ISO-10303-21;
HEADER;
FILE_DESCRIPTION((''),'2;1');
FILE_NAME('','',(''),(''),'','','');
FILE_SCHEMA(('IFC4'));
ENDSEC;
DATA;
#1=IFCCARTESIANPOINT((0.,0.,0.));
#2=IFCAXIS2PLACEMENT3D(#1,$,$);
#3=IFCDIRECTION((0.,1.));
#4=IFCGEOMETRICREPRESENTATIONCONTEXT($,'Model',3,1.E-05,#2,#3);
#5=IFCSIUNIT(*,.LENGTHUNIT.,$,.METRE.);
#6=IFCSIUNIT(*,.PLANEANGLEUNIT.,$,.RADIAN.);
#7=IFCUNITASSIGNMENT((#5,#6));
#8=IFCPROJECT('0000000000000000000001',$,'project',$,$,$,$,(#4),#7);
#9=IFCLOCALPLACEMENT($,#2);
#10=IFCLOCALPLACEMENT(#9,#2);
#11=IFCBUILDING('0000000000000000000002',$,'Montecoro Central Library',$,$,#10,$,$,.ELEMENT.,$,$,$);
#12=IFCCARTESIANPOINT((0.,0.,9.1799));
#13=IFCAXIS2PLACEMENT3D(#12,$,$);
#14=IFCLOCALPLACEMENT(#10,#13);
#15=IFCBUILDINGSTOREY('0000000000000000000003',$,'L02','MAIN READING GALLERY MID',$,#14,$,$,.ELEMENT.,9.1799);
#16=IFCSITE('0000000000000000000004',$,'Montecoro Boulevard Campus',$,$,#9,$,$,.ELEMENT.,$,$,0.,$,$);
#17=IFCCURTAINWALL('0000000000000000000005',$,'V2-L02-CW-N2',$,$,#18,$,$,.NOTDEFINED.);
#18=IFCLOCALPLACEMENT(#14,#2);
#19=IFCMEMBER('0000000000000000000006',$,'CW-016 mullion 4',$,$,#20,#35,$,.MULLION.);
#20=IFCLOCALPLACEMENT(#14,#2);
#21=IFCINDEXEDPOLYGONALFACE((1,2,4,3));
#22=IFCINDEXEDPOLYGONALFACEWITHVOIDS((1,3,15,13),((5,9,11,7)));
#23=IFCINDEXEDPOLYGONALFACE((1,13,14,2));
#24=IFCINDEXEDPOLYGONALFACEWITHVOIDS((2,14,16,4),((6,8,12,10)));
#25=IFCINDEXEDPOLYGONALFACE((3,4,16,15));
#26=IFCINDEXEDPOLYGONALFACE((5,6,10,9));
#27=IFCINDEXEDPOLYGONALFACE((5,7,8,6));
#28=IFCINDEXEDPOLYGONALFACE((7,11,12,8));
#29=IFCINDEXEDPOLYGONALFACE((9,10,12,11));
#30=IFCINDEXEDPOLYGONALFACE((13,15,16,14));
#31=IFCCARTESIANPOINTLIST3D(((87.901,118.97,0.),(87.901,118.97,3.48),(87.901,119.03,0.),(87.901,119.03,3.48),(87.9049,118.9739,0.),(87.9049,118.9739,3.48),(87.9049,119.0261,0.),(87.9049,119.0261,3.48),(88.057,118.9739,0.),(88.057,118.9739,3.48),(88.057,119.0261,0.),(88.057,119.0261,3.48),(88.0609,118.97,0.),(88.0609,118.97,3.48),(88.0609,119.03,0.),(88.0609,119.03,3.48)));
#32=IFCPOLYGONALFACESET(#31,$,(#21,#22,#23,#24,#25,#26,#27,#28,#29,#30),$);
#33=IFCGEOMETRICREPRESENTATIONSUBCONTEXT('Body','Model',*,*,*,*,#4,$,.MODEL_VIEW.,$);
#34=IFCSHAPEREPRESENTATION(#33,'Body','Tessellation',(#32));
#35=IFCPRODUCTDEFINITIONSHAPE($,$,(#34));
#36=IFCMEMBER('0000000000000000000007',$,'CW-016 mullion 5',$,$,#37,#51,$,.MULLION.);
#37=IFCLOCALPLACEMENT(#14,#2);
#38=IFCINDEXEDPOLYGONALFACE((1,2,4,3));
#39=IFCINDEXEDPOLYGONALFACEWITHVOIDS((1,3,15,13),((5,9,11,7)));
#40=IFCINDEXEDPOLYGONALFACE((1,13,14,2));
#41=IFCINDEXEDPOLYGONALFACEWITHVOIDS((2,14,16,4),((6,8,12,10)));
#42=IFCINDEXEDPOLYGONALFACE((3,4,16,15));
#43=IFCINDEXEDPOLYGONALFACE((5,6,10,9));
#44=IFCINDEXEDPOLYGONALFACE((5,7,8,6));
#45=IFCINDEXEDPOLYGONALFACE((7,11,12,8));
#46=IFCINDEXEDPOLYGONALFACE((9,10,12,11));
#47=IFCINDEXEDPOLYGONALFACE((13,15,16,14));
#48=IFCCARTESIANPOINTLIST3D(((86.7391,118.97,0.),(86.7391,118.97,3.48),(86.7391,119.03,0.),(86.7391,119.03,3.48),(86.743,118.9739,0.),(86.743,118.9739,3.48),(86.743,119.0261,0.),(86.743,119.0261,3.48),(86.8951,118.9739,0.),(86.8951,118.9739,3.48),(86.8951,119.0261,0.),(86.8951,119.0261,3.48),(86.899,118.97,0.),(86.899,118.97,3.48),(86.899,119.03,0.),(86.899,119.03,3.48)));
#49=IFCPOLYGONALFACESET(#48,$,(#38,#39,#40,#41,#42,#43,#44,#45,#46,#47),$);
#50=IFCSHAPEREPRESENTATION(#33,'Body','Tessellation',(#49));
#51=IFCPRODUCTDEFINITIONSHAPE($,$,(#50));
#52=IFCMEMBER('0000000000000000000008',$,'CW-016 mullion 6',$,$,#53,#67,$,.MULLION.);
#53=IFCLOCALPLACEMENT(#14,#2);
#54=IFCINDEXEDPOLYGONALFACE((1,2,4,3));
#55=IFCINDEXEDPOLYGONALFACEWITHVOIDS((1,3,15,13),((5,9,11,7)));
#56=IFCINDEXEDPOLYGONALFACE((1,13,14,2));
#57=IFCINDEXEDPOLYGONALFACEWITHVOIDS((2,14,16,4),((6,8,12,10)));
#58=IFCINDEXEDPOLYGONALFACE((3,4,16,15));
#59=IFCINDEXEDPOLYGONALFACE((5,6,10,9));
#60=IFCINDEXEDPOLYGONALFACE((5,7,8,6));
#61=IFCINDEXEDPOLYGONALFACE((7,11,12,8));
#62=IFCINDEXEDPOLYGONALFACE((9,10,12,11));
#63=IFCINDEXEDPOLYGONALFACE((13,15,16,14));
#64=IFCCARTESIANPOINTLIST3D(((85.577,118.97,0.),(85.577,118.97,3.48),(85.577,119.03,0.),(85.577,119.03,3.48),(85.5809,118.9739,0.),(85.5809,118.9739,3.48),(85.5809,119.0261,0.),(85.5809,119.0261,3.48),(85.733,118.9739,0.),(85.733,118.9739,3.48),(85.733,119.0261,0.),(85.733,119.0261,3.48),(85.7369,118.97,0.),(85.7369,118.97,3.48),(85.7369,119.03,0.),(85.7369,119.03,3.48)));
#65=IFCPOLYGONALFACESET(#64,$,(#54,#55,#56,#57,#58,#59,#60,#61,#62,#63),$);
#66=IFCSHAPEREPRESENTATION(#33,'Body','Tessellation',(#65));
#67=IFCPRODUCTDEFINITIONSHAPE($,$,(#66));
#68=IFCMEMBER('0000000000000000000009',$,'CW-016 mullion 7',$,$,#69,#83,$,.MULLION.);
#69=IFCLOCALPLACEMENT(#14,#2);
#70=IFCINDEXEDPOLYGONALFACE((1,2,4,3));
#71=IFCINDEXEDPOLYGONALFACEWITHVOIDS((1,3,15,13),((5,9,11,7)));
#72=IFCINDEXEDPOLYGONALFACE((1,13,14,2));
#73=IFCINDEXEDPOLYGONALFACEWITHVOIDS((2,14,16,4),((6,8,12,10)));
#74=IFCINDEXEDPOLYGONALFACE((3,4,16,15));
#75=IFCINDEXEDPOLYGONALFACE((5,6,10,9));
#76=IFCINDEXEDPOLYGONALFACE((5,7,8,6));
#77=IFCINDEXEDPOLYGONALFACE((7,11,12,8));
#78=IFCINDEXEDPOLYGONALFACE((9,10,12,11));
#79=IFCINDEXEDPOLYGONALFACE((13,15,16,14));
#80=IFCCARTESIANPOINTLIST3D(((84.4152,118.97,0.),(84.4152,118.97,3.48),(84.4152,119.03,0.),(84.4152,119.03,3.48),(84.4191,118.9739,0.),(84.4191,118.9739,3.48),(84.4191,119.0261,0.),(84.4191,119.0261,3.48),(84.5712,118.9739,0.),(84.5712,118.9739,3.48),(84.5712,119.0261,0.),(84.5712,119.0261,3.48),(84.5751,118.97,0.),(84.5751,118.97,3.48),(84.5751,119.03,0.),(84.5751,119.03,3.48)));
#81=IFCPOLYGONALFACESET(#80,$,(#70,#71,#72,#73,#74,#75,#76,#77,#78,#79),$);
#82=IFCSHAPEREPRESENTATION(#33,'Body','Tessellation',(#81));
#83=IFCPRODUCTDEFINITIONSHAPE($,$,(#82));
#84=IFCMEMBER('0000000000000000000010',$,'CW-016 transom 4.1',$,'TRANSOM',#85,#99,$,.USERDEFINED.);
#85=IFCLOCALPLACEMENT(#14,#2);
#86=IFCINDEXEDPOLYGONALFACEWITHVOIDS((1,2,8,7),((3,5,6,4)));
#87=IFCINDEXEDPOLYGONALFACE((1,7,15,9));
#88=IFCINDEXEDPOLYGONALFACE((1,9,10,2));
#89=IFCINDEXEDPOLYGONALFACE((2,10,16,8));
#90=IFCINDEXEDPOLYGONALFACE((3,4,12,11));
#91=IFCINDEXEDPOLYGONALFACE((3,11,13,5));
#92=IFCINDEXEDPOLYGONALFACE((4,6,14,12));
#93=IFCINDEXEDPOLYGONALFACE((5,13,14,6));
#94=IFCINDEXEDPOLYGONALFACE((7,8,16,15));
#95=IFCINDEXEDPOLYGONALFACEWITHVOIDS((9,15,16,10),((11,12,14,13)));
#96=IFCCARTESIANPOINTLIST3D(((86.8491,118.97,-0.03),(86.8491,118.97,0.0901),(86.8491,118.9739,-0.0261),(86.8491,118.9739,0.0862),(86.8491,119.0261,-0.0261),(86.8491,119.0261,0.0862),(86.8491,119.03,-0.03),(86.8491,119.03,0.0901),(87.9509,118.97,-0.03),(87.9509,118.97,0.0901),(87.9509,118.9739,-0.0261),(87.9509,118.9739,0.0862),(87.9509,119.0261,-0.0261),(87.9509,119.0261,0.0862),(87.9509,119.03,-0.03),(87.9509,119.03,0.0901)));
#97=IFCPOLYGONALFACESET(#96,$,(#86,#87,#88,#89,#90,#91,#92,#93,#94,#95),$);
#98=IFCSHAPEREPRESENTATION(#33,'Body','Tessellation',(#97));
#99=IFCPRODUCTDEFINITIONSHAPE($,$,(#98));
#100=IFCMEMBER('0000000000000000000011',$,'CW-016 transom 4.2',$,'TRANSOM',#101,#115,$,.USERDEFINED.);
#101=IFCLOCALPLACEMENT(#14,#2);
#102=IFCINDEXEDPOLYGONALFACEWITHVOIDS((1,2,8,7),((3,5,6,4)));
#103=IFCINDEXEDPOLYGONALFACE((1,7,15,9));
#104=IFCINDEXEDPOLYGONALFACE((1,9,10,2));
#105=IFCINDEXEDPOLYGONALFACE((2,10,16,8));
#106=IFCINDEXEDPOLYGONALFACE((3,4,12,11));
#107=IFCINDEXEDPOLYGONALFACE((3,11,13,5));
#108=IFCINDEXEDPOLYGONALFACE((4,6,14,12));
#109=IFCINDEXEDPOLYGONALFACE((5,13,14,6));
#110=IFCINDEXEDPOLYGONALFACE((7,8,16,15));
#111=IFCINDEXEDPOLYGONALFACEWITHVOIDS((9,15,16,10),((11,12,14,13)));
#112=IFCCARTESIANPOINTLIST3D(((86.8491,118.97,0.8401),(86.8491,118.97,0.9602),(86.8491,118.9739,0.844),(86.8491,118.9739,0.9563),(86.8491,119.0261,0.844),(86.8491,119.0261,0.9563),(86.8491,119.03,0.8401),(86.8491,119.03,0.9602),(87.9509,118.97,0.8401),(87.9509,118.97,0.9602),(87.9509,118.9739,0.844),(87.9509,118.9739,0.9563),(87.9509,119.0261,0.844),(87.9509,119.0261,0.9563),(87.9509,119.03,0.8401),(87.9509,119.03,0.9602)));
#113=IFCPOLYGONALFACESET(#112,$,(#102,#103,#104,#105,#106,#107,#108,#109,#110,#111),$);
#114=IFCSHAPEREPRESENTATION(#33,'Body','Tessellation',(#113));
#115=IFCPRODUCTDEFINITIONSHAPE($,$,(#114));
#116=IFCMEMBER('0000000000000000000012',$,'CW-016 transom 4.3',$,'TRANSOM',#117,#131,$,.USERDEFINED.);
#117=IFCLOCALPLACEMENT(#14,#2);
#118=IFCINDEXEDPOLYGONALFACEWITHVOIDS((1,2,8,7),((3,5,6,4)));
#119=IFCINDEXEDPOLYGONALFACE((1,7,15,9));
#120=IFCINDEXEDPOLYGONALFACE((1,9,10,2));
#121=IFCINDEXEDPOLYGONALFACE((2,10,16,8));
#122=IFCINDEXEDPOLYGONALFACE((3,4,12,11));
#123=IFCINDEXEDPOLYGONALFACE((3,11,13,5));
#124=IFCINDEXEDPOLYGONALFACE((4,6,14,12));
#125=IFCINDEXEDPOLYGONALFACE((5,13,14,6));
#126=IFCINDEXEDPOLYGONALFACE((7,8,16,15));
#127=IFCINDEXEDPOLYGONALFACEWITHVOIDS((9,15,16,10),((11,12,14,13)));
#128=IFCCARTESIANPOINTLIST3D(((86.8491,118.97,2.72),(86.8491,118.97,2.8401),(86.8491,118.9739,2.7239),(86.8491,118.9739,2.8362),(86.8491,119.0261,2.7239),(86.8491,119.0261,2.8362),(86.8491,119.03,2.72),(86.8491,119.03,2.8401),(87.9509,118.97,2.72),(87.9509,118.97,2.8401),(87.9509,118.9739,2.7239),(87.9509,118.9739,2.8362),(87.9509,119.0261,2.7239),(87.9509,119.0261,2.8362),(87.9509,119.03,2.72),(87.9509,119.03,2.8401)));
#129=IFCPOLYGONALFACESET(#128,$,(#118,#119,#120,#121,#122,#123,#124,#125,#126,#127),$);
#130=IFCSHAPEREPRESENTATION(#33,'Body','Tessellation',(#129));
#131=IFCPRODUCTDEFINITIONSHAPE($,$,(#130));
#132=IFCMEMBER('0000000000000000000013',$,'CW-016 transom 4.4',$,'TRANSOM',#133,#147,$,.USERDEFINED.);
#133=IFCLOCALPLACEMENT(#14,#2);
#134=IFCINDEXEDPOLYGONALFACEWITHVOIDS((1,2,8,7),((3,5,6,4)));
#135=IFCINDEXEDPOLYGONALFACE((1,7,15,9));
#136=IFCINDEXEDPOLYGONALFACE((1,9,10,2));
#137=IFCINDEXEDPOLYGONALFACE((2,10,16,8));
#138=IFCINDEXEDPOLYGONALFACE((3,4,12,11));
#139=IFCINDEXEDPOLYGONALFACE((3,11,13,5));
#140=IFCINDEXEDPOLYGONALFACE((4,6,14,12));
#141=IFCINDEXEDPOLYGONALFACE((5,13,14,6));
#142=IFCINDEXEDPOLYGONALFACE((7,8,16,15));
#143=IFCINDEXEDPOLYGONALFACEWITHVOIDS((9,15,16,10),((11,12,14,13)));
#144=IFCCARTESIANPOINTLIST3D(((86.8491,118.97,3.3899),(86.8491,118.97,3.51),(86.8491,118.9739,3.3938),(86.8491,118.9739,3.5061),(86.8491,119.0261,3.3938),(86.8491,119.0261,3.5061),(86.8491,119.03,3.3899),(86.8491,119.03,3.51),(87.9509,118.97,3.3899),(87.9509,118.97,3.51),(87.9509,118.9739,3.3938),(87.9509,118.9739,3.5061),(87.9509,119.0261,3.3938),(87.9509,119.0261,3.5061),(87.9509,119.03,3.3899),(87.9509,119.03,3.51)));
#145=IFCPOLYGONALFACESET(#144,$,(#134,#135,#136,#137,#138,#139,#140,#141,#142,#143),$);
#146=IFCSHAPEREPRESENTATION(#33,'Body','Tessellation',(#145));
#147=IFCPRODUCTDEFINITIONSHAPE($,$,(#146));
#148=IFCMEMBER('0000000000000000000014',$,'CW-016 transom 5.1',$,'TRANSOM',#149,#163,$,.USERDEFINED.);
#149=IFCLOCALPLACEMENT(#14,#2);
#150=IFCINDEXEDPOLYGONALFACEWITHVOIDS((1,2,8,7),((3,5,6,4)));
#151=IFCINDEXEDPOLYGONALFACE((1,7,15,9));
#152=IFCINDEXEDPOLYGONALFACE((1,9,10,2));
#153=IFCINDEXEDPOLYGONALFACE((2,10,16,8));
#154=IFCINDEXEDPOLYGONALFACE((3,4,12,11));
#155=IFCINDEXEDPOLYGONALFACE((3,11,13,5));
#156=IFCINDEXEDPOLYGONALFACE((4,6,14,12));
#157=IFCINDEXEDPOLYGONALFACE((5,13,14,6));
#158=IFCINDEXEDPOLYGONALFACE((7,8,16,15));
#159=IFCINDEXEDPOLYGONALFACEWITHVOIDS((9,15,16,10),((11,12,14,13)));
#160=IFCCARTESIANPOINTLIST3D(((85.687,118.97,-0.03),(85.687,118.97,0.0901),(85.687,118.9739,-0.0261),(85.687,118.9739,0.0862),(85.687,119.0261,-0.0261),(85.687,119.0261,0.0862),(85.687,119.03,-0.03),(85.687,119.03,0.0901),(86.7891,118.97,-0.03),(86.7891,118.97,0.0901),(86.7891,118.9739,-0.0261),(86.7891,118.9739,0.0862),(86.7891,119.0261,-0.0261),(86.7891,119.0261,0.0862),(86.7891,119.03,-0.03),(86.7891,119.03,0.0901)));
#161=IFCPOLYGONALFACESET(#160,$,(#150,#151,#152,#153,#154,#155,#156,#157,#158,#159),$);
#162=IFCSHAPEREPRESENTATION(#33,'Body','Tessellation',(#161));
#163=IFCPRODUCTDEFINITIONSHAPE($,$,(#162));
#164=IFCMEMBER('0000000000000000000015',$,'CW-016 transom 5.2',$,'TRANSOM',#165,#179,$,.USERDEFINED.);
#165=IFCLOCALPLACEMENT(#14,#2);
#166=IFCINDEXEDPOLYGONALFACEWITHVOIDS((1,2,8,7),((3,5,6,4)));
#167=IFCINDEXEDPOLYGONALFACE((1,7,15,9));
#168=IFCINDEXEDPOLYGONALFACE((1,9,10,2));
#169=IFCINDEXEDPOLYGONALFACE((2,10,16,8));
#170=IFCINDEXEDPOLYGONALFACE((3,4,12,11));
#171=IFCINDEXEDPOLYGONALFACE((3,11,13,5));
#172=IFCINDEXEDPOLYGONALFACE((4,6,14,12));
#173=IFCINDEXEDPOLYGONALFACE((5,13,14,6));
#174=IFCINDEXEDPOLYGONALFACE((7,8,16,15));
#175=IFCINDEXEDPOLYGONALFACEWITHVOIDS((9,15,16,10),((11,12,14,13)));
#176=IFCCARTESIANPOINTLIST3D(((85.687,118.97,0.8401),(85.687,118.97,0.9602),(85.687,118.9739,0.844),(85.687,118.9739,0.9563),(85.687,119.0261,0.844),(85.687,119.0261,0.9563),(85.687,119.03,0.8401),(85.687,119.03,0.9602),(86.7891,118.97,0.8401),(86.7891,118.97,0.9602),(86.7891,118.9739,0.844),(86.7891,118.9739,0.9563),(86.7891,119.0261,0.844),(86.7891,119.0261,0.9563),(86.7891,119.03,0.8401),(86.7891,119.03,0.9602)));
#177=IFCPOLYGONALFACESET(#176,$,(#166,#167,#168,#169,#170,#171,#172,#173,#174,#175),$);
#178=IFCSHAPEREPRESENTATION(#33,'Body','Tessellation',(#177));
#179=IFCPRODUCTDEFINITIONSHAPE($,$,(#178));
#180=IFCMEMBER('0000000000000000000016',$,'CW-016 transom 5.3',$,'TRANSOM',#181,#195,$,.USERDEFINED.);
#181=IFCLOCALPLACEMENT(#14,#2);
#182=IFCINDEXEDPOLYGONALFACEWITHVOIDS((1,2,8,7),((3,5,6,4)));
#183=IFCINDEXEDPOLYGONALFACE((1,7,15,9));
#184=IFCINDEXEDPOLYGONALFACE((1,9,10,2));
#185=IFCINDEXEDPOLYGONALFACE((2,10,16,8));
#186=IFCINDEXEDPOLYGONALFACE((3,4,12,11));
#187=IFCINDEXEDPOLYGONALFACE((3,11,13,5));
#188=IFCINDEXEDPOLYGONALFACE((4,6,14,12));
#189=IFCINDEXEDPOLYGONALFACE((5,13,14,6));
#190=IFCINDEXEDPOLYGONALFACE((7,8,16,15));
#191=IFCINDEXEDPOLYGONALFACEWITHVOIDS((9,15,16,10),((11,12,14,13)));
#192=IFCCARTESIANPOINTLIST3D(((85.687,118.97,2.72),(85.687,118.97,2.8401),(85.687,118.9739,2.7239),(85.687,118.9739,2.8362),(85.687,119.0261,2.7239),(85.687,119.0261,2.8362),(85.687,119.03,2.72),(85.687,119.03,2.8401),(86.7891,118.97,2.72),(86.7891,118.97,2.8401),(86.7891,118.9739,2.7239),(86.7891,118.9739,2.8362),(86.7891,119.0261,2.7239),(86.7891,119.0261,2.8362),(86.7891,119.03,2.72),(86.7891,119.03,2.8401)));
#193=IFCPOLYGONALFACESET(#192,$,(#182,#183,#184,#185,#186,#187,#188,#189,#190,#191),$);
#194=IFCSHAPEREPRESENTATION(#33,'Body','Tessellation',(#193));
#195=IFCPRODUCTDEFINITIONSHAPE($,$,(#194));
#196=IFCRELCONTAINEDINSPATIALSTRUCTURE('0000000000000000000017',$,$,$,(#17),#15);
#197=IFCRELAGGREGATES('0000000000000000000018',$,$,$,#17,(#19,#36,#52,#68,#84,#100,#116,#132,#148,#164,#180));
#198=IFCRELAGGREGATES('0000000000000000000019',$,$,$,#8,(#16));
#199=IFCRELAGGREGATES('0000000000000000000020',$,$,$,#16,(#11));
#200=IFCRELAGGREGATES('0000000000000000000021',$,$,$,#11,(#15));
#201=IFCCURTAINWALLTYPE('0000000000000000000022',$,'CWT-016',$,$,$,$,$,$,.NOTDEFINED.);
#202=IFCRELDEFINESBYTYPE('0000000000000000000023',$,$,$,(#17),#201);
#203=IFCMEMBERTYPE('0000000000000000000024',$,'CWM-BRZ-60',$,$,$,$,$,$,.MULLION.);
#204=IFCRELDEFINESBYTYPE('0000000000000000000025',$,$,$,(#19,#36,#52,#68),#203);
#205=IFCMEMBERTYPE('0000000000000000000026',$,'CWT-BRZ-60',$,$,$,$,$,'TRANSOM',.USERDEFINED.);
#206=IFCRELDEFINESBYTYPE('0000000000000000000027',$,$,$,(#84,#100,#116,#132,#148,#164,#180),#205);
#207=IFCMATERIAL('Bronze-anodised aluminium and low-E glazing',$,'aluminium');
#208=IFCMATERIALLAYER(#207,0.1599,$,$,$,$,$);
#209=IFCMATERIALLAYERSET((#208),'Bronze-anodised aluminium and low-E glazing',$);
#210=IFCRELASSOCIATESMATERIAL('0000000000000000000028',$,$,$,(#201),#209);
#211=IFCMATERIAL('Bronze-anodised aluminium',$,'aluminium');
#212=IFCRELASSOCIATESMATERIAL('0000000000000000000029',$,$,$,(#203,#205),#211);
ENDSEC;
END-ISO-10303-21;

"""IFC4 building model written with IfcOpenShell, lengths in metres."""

from ifc_helpers import new_model, si_unit, direction, frame, origin, origin_2d, place, context, subcontext, project, spatial, hollow_rectangle, extrude, material, layer, layer_set, material_profile, profile_set, type_object, element, aggregate, save


model = new_model("IFC4")

# Units and contexts
model_context = context("Model", 3, precision=1e-05, world=origin(), true_north=direction((0.0, 1.0)))
body_context = subcontext(model_context, "Body", "Model", "MODEL_VIEW")
ifc_project = project(units=[si_unit("LENGTHUNIT", "METRE"), si_unit("PLANEANGLEUNIT", "RADIAN")], contexts=[model_context])

# Site, building, storey
site_placement = place(None, origin())
site = spatial("IfcSite", under=ifc_project, at=site_placement, Name="Montecoro Boulevard Campus", CompositionType="ELEMENT", RefElevation=0.0)
building_placement = place(site_placement, origin())
building = spatial("IfcBuilding", under=site, at=building_placement, Name="Montecoro Central Library", CompositionType="ELEMENT")
storey_placement = place(building_placement, frame((0.0, 0.0, 9.1799)))
storey = spatial("IfcBuildingStorey", under=building, at=storey_placement, Name="L02", Description="MAIN READING GALLERY MID", CompositionType="ELEMENT", Elevation=9.1799)

# Curtain wall, members
ifc_material_1 = material(Name="Bronze-anodised aluminium and low-E glazing", Category="aluminium")
ifc_layer_1 = layer(ifc_material_1, 0.1599)
ifc_layer_set_1 = layer_set([ifc_layer_1], Name="Bronze-anodised aluminium and low-E glazing")
curtain_wall_type = type_object("IfcCurtainWallType", Name="CWT-016", PredefinedType="NOTDEFINED", material=ifc_layer_set_1)
curtain_wall_placement = place(storey_placement, origin())
curtain_wall = element("IfcCurtainWall", 1, at=curtain_wall_placement, inside=storey, type_object=curtain_wall_type, Name="V2-L02-CW-N2", PredefinedType="NOTDEFINED")
ifc_material_2 = material(Name="Bronze-anodised aluminium", Category="aluminium")
ifc_material_profile_1 = material_profile(ifc_material_2, hollow_rectangle(XDim=0.0601, YDim=0.1599, WallThickness=0.0039, at=origin_2d()), Name="CWM 160x60x4.0")
ifc_profile_set_1 = profile_set([ifc_material_profile_1], Name="Bronze-anodised aluminium")
member_type_1 = type_object("IfcMemberType", Name="CWM-BRZ-60", PredefinedType="MULLION", material=ifc_profile_set_1)
member_1_placement = place(storey_placement, frame((87.981, 119.0, 0.0), z_axis=(0.0, 0.0, 1.0), x_axis=(0.0, -1.0, 0.0)))
member_1 = element("IfcMember", 2, at=member_1_placement, type_object=member_type_1, Name="CW-016 mullion 4", PredefinedType="MULLION", context=body_context, shape_type="SweptSolid", body=[
    extrude(hollow_rectangle(XDim=0.0601, YDim=0.1599, WallThickness=0.0039, at=origin_2d()), origin(), (0.0, 0.0, 1.0), 3.48),
])
member_2_placement = place(storey_placement, frame((86.8191, 119.0, 0.0), z_axis=(0.0, 0.0, 1.0), x_axis=(0.0, -1.0, 0.0)))
member_2 = element("IfcMember", 3, at=member_2_placement, type_object=member_type_1, Name="CW-016 mullion 5", PredefinedType="MULLION", context=body_context, shape_type="SweptSolid", body=[
    extrude(hollow_rectangle(XDim=0.0601, YDim=0.1599, WallThickness=0.0039, at=origin_2d()), origin(), (0.0, 0.0, 1.0), 3.48),
])
member_3_placement = place(storey_placement, frame((85.657, 119.0, 0.0), z_axis=(0.0, 0.0, 1.0), x_axis=(0.0, -1.0, 0.0)))
member_3 = element("IfcMember", 4, at=member_3_placement, type_object=member_type_1, Name="CW-016 mullion 6", PredefinedType="MULLION", context=body_context, shape_type="SweptSolid", body=[
    extrude(hollow_rectangle(XDim=0.0601, YDim=0.1599, WallThickness=0.0039, at=origin_2d()), origin(), (0.0, 0.0, 1.0), 3.48),
])
member_4_placement = place(storey_placement, frame((84.4951, 119.0, 0.0), z_axis=(0.0, 0.0, 1.0), x_axis=(0.0, -1.0, 0.0)))
member_4 = element("IfcMember", 5, at=member_4_placement, type_object=member_type_1, Name="CW-016 mullion 7", PredefinedType="MULLION", context=body_context, shape_type="SweptSolid", body=[
    extrude(hollow_rectangle(XDim=0.0601, YDim=0.1599, WallThickness=0.0039, at=origin_2d()), origin(), (0.0, 0.0, 1.0), 3.48),
])
ifc_material_profile_2 = material_profile(ifc_material_2, hollow_rectangle(XDim=0.0601, YDim=0.1201, WallThickness=0.0039, at=origin_2d()), Name="CWT 120x60x4.0")
ifc_profile_set_2 = profile_set([ifc_material_profile_2], Name="Bronze-anodised aluminium")
member_type_2 = type_object("IfcMemberType", Name="CWT-BRZ-60", ElementType="TRANSOM", PredefinedType="USERDEFINED", material=ifc_profile_set_2)
member_5_placement = place(storey_placement, frame((87.9509, 119.0, 0.03), z_axis=(-1.0, 0.0, 0.0), x_axis=(0.0, -1.0, 0.0)))
member_5 = element("IfcMember", 6, at=member_5_placement, type_object=member_type_2, Name="CW-016 transom 4.1", ObjectType="TRANSOM", PredefinedType="USERDEFINED", context=body_context, shape_type="SweptSolid", body=[
    extrude(hollow_rectangle(XDim=0.0601, YDim=0.1201, WallThickness=0.0039, at=origin_2d()), origin(), (0.0, 0.0, 1.0), 1.1018),
])
member_6_placement = place(storey_placement, frame((87.9509, 119.0, 0.9001), z_axis=(-1.0, 0.0, 0.0), x_axis=(0.0, -1.0, 0.0)))
member_6 = element("IfcMember", 7, at=member_6_placement, type_object=member_type_2, Name="CW-016 transom 4.2", ObjectType="TRANSOM", PredefinedType="USERDEFINED", context=body_context, shape_type="SweptSolid", body=[
    extrude(hollow_rectangle(XDim=0.0601, YDim=0.1201, WallThickness=0.0039, at=origin_2d()), origin(), (0.0, 0.0, 1.0), 1.1018),
])
member_7_placement = place(storey_placement, frame((87.9509, 119.0, 2.78), z_axis=(-1.0, 0.0, 0.0), x_axis=(0.0, -1.0, 0.0)))
member_7 = element("IfcMember", 8, at=member_7_placement, type_object=member_type_2, Name="CW-016 transom 4.3", ObjectType="TRANSOM", PredefinedType="USERDEFINED", context=body_context, shape_type="SweptSolid", body=[
    extrude(hollow_rectangle(XDim=0.0601, YDim=0.1201, WallThickness=0.0039, at=origin_2d()), origin(), (0.0, 0.0, 1.0), 1.1018),
])
member_8_placement = place(storey_placement, frame((87.9509, 119.0, 3.45), z_axis=(-1.0, 0.0, 0.0), x_axis=(0.0, -1.0, 0.0)))
member_8 = element("IfcMember", 9, at=member_8_placement, type_object=member_type_2, Name="CW-016 transom 4.4", ObjectType="TRANSOM", PredefinedType="USERDEFINED", context=body_context, shape_type="SweptSolid", body=[
    extrude(hollow_rectangle(XDim=0.0601, YDim=0.1201, WallThickness=0.0039, at=origin_2d()), origin(), (0.0, 0.0, 1.0), 1.1018),
])
member_9_placement = place(storey_placement, frame((86.7891, 119.0, 0.03), z_axis=(-1.0, 0.0, 0.0), x_axis=(0.0, -1.0, 0.0)))
member_9 = element("IfcMember", 10, at=member_9_placement, type_object=member_type_2, Name="CW-016 transom 5.1", ObjectType="TRANSOM", PredefinedType="USERDEFINED", context=body_context, shape_type="SweptSolid", body=[
    extrude(hollow_rectangle(XDim=0.0601, YDim=0.1201, WallThickness=0.0039, at=origin_2d()), origin(), (0.0, 0.0, 1.0), 1.1021),
])
member_10_placement = place(storey_placement, frame((86.7891, 119.0, 0.9001), z_axis=(-1.0, 0.0, 0.0), x_axis=(0.0, -1.0, 0.0)))
member_10 = element("IfcMember", 11, at=member_10_placement, type_object=member_type_2, Name="CW-016 transom 5.2", ObjectType="TRANSOM", PredefinedType="USERDEFINED", context=body_context, shape_type="SweptSolid", body=[
    extrude(hollow_rectangle(XDim=0.0601, YDim=0.1201, WallThickness=0.0039, at=origin_2d()), origin(), (0.0, 0.0, 1.0), 1.1021),
])
member_11_placement = place(storey_placement, frame((86.7891, 119.0, 2.78), z_axis=(-1.0, 0.0, 0.0), x_axis=(0.0, -1.0, 0.0)))
member_11 = element("IfcMember", 12, at=member_11_placement, type_object=member_type_2, Name="CW-016 transom 5.3", ObjectType="TRANSOM", PredefinedType="USERDEFINED", context=body_context, shape_type="SweptSolid", body=[
    extrude(hollow_rectangle(XDim=0.0601, YDim=0.1201, WallThickness=0.0039, at=origin_2d()), origin(), (0.0, 0.0, 1.0), 1.1021),
])
aggregate(curtain_wall, [member_1, member_2, member_3, member_4, member_5, member_6, member_7, member_8, member_9, member_10, member_11])

save(model, "model.ifc")
